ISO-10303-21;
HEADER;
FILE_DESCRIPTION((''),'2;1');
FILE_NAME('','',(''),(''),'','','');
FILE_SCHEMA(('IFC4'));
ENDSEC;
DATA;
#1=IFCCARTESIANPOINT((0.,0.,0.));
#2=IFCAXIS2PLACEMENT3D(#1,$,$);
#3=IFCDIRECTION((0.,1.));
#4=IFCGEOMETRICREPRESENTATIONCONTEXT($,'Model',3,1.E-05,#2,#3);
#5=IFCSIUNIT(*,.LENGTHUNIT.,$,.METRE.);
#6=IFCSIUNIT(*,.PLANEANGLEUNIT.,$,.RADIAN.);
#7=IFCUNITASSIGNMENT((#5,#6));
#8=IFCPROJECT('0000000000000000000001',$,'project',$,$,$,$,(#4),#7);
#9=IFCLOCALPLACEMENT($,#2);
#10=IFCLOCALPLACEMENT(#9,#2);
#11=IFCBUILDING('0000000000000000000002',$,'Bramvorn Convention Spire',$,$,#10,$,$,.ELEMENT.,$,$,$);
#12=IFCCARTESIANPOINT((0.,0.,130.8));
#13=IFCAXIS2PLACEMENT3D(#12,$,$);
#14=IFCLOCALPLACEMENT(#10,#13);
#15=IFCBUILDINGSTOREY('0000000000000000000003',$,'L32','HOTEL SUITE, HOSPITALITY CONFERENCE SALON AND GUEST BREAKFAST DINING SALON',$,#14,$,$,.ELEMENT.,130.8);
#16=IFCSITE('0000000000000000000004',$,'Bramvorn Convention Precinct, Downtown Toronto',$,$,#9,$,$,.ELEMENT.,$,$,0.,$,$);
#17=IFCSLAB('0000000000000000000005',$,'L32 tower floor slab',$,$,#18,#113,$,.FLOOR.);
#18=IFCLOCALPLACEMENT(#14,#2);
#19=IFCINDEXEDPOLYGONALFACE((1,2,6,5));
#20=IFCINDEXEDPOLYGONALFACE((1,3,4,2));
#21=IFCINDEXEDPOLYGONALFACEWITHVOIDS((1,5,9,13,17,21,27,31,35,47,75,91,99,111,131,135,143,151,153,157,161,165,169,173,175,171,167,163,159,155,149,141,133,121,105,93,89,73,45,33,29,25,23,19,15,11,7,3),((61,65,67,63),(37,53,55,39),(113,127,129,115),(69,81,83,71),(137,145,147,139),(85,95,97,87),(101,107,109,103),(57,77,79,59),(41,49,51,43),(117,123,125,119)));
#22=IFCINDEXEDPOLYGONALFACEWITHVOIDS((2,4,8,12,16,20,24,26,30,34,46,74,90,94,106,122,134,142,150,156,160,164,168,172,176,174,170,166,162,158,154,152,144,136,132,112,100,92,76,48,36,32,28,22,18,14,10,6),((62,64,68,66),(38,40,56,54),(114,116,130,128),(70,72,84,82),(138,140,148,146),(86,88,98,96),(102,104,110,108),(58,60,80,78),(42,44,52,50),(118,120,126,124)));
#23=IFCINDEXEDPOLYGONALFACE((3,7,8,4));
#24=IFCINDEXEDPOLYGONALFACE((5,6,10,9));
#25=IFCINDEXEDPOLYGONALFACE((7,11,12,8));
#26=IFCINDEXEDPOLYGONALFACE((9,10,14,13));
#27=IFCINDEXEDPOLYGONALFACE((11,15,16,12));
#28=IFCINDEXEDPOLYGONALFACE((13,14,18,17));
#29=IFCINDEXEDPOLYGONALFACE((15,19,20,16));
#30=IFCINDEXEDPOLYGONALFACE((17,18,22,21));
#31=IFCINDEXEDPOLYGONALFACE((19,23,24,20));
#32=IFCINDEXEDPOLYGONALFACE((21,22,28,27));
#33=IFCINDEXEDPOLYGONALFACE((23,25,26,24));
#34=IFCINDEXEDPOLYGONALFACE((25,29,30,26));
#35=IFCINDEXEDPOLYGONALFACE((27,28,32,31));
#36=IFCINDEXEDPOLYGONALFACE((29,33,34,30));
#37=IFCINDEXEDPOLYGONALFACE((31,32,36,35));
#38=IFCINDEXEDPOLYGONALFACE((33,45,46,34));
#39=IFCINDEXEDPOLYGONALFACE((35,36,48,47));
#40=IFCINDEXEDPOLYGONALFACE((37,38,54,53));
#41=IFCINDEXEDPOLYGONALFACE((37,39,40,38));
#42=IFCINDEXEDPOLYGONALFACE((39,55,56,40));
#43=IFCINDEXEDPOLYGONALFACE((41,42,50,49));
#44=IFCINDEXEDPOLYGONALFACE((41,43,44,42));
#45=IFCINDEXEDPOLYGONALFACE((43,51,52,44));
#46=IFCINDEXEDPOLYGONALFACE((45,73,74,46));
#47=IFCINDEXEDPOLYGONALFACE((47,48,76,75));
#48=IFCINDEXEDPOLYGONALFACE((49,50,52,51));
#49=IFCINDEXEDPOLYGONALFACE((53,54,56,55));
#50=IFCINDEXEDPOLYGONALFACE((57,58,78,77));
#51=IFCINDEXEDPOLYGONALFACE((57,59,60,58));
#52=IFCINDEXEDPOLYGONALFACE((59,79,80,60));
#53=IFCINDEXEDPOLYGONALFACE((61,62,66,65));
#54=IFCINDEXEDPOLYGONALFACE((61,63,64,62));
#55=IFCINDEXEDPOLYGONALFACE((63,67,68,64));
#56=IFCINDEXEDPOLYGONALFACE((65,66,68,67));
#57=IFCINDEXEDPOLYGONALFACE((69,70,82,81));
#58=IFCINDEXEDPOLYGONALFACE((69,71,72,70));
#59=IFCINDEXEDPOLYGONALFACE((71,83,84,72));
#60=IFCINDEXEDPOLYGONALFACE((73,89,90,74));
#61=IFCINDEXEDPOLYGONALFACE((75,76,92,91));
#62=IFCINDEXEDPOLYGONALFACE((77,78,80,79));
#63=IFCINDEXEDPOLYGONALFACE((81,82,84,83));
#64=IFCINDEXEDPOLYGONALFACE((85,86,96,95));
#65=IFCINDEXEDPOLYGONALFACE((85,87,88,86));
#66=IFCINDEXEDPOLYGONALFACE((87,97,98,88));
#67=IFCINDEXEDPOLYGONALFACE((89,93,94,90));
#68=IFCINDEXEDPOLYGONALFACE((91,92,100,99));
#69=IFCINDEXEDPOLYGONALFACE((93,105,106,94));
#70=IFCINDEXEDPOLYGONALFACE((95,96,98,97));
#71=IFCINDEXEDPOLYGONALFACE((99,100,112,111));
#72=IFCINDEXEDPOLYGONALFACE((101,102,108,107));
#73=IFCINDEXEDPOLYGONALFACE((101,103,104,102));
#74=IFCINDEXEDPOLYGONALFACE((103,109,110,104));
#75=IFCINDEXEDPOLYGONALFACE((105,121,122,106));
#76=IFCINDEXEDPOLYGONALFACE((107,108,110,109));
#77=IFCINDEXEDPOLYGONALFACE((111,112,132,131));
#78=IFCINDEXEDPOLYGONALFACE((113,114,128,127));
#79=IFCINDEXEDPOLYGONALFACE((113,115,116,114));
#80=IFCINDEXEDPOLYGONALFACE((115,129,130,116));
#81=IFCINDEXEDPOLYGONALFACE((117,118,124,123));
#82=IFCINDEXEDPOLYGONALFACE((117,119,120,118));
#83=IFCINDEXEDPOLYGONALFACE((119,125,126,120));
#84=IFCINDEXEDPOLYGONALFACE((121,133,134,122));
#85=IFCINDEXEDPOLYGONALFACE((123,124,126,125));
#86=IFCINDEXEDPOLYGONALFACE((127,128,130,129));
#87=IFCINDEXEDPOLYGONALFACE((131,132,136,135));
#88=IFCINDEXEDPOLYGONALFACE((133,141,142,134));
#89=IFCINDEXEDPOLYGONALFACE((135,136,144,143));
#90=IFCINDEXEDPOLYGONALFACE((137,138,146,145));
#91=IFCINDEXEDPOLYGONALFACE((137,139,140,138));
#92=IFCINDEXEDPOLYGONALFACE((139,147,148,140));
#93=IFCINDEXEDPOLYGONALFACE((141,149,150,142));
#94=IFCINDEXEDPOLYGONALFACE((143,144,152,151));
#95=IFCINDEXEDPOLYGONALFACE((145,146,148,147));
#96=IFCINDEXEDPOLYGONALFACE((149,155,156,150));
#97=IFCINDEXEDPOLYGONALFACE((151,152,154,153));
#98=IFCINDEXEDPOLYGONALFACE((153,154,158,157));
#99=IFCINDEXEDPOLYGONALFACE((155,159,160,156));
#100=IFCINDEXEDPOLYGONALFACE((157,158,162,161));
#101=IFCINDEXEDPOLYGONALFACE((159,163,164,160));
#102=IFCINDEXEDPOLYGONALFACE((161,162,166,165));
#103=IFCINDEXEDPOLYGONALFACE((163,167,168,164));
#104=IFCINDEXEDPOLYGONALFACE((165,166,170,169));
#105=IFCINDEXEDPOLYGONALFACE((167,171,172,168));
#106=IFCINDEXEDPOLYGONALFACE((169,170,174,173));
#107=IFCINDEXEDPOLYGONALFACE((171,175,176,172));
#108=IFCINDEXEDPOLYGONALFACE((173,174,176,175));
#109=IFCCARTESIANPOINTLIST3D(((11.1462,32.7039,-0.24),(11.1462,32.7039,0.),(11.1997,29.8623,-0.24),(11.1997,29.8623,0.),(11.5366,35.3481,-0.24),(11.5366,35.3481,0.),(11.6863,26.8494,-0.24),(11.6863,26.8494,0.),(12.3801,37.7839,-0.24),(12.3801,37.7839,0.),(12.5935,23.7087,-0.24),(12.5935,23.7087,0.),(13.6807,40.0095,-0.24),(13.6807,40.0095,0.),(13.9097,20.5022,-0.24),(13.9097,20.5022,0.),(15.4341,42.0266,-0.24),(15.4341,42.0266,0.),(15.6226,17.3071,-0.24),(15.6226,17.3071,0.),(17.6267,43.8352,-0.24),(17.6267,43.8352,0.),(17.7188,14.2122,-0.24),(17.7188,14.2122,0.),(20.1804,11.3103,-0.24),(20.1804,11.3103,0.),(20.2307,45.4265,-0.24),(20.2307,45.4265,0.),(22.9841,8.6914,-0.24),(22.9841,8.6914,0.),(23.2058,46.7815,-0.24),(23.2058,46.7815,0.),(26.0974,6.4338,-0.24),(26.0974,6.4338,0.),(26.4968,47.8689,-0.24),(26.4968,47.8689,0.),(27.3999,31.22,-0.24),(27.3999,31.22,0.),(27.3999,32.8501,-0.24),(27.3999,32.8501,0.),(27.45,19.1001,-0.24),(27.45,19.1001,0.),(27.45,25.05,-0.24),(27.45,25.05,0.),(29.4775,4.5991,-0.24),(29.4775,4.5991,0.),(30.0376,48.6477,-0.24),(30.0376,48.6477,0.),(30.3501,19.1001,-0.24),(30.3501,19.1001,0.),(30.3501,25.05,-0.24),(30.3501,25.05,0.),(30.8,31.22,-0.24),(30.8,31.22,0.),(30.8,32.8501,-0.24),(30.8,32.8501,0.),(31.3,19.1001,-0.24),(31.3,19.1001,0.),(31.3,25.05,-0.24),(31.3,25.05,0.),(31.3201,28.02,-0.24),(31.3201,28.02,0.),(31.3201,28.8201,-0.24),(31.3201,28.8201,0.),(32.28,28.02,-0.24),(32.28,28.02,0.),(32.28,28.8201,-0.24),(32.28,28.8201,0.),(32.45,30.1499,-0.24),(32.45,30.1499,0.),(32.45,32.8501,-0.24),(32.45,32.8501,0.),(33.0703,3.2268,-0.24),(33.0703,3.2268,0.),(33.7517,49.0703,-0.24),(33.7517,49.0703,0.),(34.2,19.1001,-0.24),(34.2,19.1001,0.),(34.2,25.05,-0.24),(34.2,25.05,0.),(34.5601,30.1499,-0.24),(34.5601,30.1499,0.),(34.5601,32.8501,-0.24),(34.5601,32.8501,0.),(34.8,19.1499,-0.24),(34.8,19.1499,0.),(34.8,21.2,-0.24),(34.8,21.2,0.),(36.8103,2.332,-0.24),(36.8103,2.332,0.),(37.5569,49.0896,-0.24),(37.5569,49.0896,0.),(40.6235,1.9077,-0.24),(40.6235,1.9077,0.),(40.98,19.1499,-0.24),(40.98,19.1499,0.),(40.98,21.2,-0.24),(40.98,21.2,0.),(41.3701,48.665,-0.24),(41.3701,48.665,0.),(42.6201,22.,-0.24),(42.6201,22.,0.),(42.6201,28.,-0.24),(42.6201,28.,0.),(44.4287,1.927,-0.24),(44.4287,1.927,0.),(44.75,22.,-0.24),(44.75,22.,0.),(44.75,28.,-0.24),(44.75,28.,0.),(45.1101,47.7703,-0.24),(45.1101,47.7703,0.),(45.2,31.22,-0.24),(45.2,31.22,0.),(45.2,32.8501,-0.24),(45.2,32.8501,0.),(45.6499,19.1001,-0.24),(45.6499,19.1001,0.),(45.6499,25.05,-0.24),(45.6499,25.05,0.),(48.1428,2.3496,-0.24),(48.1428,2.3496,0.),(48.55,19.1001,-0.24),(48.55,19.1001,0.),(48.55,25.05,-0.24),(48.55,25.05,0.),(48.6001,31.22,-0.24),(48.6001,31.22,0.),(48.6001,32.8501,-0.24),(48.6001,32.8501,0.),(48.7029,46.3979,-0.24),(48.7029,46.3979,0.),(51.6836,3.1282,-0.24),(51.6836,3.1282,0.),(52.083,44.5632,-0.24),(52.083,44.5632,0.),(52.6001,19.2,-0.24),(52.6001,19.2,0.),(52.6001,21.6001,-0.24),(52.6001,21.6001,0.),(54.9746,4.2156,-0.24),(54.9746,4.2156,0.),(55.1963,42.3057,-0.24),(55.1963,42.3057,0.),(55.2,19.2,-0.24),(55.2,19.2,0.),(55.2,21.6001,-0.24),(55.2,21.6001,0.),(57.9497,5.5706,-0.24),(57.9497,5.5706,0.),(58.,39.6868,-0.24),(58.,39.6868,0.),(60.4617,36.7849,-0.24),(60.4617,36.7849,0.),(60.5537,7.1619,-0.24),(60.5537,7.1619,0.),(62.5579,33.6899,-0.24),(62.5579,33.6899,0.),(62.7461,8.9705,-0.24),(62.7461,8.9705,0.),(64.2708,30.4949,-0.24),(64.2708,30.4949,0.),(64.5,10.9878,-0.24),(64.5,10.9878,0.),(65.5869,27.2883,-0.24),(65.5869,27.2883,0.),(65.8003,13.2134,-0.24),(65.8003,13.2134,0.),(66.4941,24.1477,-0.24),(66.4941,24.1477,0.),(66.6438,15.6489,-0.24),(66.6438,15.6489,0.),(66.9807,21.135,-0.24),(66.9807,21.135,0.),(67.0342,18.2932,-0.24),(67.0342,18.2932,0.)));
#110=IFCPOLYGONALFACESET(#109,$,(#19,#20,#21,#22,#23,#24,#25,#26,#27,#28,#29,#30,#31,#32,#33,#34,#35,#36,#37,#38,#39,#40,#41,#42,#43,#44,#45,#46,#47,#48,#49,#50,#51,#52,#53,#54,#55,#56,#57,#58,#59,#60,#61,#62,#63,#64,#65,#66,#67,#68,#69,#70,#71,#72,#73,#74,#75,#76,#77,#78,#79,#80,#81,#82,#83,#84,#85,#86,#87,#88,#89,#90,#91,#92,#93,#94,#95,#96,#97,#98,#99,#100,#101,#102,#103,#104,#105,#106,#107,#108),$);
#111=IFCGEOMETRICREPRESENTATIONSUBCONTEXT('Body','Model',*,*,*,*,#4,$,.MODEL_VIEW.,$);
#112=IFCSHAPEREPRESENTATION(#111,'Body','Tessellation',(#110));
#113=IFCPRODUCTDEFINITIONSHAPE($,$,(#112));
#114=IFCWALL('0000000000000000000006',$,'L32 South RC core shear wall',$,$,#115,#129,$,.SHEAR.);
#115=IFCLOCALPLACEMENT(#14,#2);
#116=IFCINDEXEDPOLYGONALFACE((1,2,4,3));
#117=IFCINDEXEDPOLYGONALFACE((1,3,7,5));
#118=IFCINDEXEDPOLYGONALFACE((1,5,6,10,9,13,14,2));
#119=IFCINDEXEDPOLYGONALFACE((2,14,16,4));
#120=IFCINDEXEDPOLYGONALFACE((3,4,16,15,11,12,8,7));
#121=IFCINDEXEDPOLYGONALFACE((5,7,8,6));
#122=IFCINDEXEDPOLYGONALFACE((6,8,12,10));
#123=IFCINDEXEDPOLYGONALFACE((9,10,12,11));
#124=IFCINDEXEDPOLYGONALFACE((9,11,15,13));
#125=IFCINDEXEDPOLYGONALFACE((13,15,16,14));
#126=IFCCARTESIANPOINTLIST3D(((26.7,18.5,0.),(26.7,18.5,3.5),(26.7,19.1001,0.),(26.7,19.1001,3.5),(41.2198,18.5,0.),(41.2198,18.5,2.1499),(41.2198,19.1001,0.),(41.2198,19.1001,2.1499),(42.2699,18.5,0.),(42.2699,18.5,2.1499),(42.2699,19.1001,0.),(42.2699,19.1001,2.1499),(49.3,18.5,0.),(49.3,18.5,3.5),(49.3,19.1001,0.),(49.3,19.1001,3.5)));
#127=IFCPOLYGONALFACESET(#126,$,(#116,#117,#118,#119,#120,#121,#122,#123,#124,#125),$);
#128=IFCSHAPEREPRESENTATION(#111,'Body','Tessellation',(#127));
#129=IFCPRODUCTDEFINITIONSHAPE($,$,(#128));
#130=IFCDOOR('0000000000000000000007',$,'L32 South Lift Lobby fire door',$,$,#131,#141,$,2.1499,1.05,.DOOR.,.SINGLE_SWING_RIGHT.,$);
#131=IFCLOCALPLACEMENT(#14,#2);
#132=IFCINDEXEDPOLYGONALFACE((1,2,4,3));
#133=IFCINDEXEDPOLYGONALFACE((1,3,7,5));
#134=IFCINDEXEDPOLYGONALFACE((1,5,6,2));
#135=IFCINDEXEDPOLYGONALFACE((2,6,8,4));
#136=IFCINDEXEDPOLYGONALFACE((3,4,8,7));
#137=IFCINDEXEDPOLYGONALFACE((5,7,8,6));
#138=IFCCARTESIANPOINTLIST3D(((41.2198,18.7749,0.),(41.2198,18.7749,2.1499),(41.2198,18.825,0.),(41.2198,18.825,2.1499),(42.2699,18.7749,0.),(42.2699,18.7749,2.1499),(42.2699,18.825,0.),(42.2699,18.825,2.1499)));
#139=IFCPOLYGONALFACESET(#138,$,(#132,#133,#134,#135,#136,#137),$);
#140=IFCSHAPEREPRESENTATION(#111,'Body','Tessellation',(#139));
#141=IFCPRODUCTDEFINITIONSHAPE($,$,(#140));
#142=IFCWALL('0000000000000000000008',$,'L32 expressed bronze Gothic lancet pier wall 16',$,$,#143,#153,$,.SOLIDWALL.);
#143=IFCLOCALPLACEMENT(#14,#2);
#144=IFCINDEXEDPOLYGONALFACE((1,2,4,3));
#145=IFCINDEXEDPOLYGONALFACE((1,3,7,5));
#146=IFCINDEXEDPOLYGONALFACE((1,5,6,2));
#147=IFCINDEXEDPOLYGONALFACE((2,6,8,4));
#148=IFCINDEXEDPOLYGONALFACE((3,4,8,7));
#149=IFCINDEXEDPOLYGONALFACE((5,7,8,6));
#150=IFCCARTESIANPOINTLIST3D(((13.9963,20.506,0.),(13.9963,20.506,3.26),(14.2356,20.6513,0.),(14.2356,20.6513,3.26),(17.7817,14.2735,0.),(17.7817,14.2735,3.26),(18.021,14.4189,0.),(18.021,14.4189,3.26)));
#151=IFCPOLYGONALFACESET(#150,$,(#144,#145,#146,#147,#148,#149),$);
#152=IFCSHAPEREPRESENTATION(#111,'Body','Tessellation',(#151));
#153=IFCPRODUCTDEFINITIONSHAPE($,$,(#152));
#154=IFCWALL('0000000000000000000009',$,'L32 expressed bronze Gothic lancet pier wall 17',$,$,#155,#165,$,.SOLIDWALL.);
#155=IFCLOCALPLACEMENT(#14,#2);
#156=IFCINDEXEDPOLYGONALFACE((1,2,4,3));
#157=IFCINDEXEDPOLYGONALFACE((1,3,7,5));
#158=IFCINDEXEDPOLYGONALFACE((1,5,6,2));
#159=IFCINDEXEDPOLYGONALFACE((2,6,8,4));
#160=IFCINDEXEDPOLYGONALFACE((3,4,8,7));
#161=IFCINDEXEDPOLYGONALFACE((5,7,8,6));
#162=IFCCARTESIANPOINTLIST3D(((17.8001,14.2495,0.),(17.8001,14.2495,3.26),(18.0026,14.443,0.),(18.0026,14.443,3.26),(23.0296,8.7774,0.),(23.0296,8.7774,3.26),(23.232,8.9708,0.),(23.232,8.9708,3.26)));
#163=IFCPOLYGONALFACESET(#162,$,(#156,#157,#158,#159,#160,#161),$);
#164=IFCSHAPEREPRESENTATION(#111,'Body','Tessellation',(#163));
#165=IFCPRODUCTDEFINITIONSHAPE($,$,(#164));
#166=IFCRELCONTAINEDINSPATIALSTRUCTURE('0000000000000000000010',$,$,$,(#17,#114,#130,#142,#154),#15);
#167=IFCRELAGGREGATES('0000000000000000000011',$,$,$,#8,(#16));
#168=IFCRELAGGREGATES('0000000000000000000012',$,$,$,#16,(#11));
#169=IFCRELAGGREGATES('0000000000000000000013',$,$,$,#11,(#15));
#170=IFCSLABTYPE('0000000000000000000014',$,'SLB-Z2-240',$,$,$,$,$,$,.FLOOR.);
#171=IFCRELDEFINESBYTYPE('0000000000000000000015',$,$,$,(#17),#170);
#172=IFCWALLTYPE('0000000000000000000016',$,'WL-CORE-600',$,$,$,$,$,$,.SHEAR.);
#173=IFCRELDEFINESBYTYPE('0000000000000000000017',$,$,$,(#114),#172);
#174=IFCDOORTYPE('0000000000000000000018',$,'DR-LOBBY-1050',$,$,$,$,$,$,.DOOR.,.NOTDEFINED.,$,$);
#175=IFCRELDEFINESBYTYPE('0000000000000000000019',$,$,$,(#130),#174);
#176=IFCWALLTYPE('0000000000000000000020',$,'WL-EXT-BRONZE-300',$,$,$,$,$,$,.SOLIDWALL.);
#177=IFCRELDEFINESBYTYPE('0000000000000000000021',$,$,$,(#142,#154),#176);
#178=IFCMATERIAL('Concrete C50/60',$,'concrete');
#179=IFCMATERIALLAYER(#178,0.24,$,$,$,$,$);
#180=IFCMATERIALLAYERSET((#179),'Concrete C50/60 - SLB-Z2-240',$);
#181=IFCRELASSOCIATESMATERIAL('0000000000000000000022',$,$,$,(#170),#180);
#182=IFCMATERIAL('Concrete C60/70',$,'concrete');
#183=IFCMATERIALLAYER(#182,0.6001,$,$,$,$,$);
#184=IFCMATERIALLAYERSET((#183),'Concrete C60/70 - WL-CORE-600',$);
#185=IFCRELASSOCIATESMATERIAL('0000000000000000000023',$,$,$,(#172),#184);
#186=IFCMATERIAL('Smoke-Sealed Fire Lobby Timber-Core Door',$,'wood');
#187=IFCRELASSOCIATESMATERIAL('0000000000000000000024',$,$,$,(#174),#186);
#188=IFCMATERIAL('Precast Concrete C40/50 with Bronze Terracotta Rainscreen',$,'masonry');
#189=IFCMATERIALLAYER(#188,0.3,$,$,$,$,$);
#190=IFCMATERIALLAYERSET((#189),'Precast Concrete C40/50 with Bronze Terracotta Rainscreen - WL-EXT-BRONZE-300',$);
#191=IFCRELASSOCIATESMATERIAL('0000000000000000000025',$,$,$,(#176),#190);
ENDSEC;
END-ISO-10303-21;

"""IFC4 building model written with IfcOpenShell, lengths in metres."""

from ifc_helpers import new_model, si_unit, direction, frame, frame_2d, origin, place, context, subcontext, project, spatial, polyline, rectangle, outline, extrude, material, layer, layer_set, type_object, element, fill, save


model = new_model("IFC4")

# Units and contexts
model_context = context("Model", 3, precision=1e-05, world=origin(), true_north=direction((0.0, 1.0)))
body_context = subcontext(model_context, "Body", "Model", "MODEL_VIEW")
ifc_project = project(units=[si_unit("LENGTHUNIT", "METRE"), si_unit("PLANEANGLEUNIT", "RADIAN")], contexts=[model_context])

# Site, building, storey
site_placement = place(None, origin())
site = spatial("IfcSite", under=ifc_project, at=site_placement, Name="Bramvorn Convention Precinct, Downtown Toronto", CompositionType="ELEMENT", RefElevation=0.0)
building_placement = place(site_placement, origin())
building = spatial("IfcBuilding", under=site, at=building_placement, Name="Bramvorn Convention Spire", CompositionType="ELEMENT")
storey_placement = place(building_placement, frame((0.0, 0.0, 130.8)))
storey = spatial("IfcBuildingStorey", under=building, at=storey_placement, Name="L32", Description="HOTEL SUITE, HOSPITALITY CONFERENCE SALON AND GUEST BREAKFAST DINING SALON", CompositionType="ELEMENT", Elevation=130.8)

# Slab
ifc_material_1 = material(Name="Concrete C50/60", Category="concrete")
ifc_layer_1 = layer(ifc_material_1, 0.24)
ifc_layer_set_1 = layer_set([ifc_layer_1], Name="Concrete C50/60 - SLB-Z2-240")
slab_type_1 = type_object("IfcSlabType", Name="SLB-Z2-240", PredefinedType="FLOOR", material=ifc_layer_set_1)
slab_1_placement = place(storey_placement, frame((0.0, 0.0, -0.24)))
element("IfcSlab", 1, at=slab_1_placement, inside=storey, type_object=slab_type_1, Name="L32 tower floor slab", PredefinedType="FLOOR", context=body_context, shape_type="SweptSolid", body=[
    extrude(outline(polyline([(65.8003, 13.2134), (66.6438, 15.6489), (67.0342, 18.2932), (66.9807, 21.135), (66.4941, 24.1477), (65.5869, 27.2883), (64.2708, 30.4949), (62.5579, 33.6899), (60.4617, 36.7849), (58.0, 39.6868), (55.1963, 42.3057), (52.083, 44.5632), (48.7029, 46.3979), (45.1101, 47.7703), (41.3701, 48.665), (37.5569, 49.0896), (33.7517, 49.0703), (30.0376, 48.6477), (26.4968, 47.8689), (23.2058, 46.7815), (20.2307, 45.4265), (17.6267, 43.8352), (15.4341, 42.0266), (13.6807, 40.0095), (12.3801, 37.7839), (11.5366, 35.3481), (11.1462, 32.7039), (11.1997, 29.8623), (11.6863, 26.8494), (12.5935, 23.7087), (13.9097, 20.5022), (15.6226, 17.3071), (17.7188, 14.2122), (20.1804, 11.3103), (22.9841, 8.6914), (26.0974, 6.4338), (29.4775, 4.5991), (33.0703, 3.2268), (36.8103, 2.332), (40.6235, 1.9077), (44.4287, 1.927), (48.1428, 2.3496), (51.6836, 3.1282), (54.9746, 4.2156), (57.9497, 5.5706), (60.5537, 7.1619), (62.7461, 8.9705), (64.5, 10.9878), (65.8003, 13.2134)]), holes=[polyline([(27.45, 25.05), (27.45, 19.1001), (30.3501, 19.1001), (30.3501, 25.05), (27.45, 25.05)]), polyline([(45.6499, 25.05), (45.6499, 19.1001), (48.55, 19.1001), (48.55, 25.05), (45.6499, 25.05)]), polyline([(31.3, 25.05), (31.3, 19.1001), (34.2, 19.1001), (34.2, 25.05), (31.3, 25.05)]), polyline([(27.3999, 31.22), (30.8, 31.22), (30.8, 32.8501), (27.3999, 32.8501), (27.3999, 31.22)]), polyline([(45.2, 31.22), (48.6001, 31.22), (48.6001, 32.8501), (45.2, 32.8501), (45.2, 31.22)]), polyline([(32.45, 30.1499), (34.5601, 30.1499), (34.5601, 32.8501), (32.45, 32.8501), (32.45, 30.1499)]), polyline([(34.8, 19.1499), (40.98, 19.1499), (40.98, 21.2), (34.8, 21.2), (34.8, 19.1499)]), polyline([(42.6201, 22.0), (44.75, 22.0), (44.75, 28.0), (42.6201, 28.0), (42.6201, 22.0)]), polyline([(31.3201, 28.02), (32.28, 28.02), (32.28, 28.8201), (31.3201, 28.8201), (31.3201, 28.02)]), polyline([(52.6001, 19.2), (55.2, 19.2), (55.2, 21.6001), (52.6001, 21.6001), (52.6001, 19.2)])]), origin(), (0.0, 0.0, 1.0), 0.24),
])

# Wall, opening, door
ifc_material_2 = material(Name="Concrete C60/70", Category="concrete")
ifc_layer_2 = layer(ifc_material_2, 0.6001)
ifc_layer_set_2 = layer_set([ifc_layer_2], Name="Concrete C60/70 - WL-CORE-600")
wall_type_1 = type_object("IfcWallType", Name="WL-CORE-600", PredefinedType="SHEAR", material=ifc_layer_set_2)
wall_1_placement = place(storey_placement, frame((26.7, 18.8, 0.0), z_axis=(0.0, 0.0, 1.0), x_axis=(1.0, 0.0, 0.0)))
wall_1 = element("IfcWall", 2, at=wall_1_placement, inside=storey, type_object=wall_type_1, Name="L32 South RC core shear wall", PredefinedType="SHEAR", context=body_context, shape_type="SweptSolid", body=[
    extrude(rectangle(XDim=22.6001, YDim=0.6001, at=frame_2d((11.3, 0.0))), origin(), (0.0, 0.0, 1.0), 3.5),
])
opening_1_placement = place(wall_1_placement, frame((14.52, 0.0, 0.0)))
opening_1 = element("IfcOpeningElement", 3, at=opening_1_placement, cuts=wall_1, PredefinedType="OPENING", context=body_context, shape_type="SweptSolid", body=[
    extrude(rectangle(XDim=1.05, YDim=2.1499, at=frame_2d((0.5249, 1.075))), frame((0.0, 0.3101, 0.0), z_axis=(0.0, -1.0, 0.0), x_axis=(1.0, 0.0, 0.0)), (0.0, 0.0, 1.0), 0.6201),
])
ifc_material_3 = material(Name="Smoke-Sealed Fire Lobby Timber-Core Door", Category="wood")
door_type = type_object("IfcDoorType", Name="DR-LOBBY-1050", OperationType="NOTDEFINED", PredefinedType="DOOR", material=ifc_material_3)
door_1_placement = place(opening_1_placement, origin())
door_1 = element("IfcDoor", 4, at=door_1_placement, inside=storey, type_object=door_type, Name="L32 South Lift Lobby fire door", OperationType="SINGLE_SWING_RIGHT", OverallHeight=2.1499, OverallWidth=1.05, PredefinedType="DOOR", context=body_context, shape_type="SweptSolid", body=[
    extrude(rectangle(XDim=1.05, YDim=2.1499, at=frame_2d((0.5249, 1.075))), frame((0.0, 0.0249, 0.0), z_axis=(0.0, -1.0, 0.0), x_axis=(1.0, 0.0, 0.0)), (0.0, 0.0, 1.0), 0.05),
])
fill(opening_1, door_1)

# Walls
ifc_material_4 = material(Name="Precast Concrete C40/50 with Bronze Terracotta Rainscreen", Category="masonry")
ifc_layer_3 = layer(ifc_material_4, 0.3)
ifc_layer_set_3 = layer_set([ifc_layer_3], Name="Precast Concrete C40/50 with Bronze Terracotta Rainscreen - WL-EXT-BRONZE-300")
wall_type_2 = type_object("IfcWallType", Name="WL-EXT-BRONZE-300", PredefinedType="SOLIDWALL", material=ifc_layer_set_3)
wall_2_placement = place(storey_placement, frame((17.9014, 14.3462, 0.0), z_axis=(0.0, 0.0, 1.0), x_axis=(-0.519121, 0.854701, 0.0)))
element("IfcWall", 5, at=wall_2_placement, inside=storey, type_object=wall_type_2, Name="L32 expressed bronze Gothic lancet pier wall 16", PredefinedType="SOLIDWALL", context=body_context, shape_type="SweptSolid", body=[
    extrude(rectangle(XDim=7.292, YDim=0.28, at=frame_2d((3.646, 0.0))), origin(), (0.0, 0.0, 1.0), 3.26),
])
wall_3_placement = place(storey_placement, frame((23.1309, 8.874, 0.0), z_axis=(0.0, 0.0, 1.0), x_axis=(-0.690894, 0.722956, 0.0)))
element("IfcWall", 6, at=wall_3_placement, inside=storey, type_object=wall_type_2, Name="L32 expressed bronze Gothic lancet pier wall 17", PredefinedType="SOLIDWALL", context=body_context, shape_type="SweptSolid", body=[
    extrude(rectangle(XDim=7.5691, YDim=0.28, at=frame_2d((3.7847, 0.0))), origin(), (0.0, 0.0, 1.0), 3.26),
])

save(model, "model.ifc")
